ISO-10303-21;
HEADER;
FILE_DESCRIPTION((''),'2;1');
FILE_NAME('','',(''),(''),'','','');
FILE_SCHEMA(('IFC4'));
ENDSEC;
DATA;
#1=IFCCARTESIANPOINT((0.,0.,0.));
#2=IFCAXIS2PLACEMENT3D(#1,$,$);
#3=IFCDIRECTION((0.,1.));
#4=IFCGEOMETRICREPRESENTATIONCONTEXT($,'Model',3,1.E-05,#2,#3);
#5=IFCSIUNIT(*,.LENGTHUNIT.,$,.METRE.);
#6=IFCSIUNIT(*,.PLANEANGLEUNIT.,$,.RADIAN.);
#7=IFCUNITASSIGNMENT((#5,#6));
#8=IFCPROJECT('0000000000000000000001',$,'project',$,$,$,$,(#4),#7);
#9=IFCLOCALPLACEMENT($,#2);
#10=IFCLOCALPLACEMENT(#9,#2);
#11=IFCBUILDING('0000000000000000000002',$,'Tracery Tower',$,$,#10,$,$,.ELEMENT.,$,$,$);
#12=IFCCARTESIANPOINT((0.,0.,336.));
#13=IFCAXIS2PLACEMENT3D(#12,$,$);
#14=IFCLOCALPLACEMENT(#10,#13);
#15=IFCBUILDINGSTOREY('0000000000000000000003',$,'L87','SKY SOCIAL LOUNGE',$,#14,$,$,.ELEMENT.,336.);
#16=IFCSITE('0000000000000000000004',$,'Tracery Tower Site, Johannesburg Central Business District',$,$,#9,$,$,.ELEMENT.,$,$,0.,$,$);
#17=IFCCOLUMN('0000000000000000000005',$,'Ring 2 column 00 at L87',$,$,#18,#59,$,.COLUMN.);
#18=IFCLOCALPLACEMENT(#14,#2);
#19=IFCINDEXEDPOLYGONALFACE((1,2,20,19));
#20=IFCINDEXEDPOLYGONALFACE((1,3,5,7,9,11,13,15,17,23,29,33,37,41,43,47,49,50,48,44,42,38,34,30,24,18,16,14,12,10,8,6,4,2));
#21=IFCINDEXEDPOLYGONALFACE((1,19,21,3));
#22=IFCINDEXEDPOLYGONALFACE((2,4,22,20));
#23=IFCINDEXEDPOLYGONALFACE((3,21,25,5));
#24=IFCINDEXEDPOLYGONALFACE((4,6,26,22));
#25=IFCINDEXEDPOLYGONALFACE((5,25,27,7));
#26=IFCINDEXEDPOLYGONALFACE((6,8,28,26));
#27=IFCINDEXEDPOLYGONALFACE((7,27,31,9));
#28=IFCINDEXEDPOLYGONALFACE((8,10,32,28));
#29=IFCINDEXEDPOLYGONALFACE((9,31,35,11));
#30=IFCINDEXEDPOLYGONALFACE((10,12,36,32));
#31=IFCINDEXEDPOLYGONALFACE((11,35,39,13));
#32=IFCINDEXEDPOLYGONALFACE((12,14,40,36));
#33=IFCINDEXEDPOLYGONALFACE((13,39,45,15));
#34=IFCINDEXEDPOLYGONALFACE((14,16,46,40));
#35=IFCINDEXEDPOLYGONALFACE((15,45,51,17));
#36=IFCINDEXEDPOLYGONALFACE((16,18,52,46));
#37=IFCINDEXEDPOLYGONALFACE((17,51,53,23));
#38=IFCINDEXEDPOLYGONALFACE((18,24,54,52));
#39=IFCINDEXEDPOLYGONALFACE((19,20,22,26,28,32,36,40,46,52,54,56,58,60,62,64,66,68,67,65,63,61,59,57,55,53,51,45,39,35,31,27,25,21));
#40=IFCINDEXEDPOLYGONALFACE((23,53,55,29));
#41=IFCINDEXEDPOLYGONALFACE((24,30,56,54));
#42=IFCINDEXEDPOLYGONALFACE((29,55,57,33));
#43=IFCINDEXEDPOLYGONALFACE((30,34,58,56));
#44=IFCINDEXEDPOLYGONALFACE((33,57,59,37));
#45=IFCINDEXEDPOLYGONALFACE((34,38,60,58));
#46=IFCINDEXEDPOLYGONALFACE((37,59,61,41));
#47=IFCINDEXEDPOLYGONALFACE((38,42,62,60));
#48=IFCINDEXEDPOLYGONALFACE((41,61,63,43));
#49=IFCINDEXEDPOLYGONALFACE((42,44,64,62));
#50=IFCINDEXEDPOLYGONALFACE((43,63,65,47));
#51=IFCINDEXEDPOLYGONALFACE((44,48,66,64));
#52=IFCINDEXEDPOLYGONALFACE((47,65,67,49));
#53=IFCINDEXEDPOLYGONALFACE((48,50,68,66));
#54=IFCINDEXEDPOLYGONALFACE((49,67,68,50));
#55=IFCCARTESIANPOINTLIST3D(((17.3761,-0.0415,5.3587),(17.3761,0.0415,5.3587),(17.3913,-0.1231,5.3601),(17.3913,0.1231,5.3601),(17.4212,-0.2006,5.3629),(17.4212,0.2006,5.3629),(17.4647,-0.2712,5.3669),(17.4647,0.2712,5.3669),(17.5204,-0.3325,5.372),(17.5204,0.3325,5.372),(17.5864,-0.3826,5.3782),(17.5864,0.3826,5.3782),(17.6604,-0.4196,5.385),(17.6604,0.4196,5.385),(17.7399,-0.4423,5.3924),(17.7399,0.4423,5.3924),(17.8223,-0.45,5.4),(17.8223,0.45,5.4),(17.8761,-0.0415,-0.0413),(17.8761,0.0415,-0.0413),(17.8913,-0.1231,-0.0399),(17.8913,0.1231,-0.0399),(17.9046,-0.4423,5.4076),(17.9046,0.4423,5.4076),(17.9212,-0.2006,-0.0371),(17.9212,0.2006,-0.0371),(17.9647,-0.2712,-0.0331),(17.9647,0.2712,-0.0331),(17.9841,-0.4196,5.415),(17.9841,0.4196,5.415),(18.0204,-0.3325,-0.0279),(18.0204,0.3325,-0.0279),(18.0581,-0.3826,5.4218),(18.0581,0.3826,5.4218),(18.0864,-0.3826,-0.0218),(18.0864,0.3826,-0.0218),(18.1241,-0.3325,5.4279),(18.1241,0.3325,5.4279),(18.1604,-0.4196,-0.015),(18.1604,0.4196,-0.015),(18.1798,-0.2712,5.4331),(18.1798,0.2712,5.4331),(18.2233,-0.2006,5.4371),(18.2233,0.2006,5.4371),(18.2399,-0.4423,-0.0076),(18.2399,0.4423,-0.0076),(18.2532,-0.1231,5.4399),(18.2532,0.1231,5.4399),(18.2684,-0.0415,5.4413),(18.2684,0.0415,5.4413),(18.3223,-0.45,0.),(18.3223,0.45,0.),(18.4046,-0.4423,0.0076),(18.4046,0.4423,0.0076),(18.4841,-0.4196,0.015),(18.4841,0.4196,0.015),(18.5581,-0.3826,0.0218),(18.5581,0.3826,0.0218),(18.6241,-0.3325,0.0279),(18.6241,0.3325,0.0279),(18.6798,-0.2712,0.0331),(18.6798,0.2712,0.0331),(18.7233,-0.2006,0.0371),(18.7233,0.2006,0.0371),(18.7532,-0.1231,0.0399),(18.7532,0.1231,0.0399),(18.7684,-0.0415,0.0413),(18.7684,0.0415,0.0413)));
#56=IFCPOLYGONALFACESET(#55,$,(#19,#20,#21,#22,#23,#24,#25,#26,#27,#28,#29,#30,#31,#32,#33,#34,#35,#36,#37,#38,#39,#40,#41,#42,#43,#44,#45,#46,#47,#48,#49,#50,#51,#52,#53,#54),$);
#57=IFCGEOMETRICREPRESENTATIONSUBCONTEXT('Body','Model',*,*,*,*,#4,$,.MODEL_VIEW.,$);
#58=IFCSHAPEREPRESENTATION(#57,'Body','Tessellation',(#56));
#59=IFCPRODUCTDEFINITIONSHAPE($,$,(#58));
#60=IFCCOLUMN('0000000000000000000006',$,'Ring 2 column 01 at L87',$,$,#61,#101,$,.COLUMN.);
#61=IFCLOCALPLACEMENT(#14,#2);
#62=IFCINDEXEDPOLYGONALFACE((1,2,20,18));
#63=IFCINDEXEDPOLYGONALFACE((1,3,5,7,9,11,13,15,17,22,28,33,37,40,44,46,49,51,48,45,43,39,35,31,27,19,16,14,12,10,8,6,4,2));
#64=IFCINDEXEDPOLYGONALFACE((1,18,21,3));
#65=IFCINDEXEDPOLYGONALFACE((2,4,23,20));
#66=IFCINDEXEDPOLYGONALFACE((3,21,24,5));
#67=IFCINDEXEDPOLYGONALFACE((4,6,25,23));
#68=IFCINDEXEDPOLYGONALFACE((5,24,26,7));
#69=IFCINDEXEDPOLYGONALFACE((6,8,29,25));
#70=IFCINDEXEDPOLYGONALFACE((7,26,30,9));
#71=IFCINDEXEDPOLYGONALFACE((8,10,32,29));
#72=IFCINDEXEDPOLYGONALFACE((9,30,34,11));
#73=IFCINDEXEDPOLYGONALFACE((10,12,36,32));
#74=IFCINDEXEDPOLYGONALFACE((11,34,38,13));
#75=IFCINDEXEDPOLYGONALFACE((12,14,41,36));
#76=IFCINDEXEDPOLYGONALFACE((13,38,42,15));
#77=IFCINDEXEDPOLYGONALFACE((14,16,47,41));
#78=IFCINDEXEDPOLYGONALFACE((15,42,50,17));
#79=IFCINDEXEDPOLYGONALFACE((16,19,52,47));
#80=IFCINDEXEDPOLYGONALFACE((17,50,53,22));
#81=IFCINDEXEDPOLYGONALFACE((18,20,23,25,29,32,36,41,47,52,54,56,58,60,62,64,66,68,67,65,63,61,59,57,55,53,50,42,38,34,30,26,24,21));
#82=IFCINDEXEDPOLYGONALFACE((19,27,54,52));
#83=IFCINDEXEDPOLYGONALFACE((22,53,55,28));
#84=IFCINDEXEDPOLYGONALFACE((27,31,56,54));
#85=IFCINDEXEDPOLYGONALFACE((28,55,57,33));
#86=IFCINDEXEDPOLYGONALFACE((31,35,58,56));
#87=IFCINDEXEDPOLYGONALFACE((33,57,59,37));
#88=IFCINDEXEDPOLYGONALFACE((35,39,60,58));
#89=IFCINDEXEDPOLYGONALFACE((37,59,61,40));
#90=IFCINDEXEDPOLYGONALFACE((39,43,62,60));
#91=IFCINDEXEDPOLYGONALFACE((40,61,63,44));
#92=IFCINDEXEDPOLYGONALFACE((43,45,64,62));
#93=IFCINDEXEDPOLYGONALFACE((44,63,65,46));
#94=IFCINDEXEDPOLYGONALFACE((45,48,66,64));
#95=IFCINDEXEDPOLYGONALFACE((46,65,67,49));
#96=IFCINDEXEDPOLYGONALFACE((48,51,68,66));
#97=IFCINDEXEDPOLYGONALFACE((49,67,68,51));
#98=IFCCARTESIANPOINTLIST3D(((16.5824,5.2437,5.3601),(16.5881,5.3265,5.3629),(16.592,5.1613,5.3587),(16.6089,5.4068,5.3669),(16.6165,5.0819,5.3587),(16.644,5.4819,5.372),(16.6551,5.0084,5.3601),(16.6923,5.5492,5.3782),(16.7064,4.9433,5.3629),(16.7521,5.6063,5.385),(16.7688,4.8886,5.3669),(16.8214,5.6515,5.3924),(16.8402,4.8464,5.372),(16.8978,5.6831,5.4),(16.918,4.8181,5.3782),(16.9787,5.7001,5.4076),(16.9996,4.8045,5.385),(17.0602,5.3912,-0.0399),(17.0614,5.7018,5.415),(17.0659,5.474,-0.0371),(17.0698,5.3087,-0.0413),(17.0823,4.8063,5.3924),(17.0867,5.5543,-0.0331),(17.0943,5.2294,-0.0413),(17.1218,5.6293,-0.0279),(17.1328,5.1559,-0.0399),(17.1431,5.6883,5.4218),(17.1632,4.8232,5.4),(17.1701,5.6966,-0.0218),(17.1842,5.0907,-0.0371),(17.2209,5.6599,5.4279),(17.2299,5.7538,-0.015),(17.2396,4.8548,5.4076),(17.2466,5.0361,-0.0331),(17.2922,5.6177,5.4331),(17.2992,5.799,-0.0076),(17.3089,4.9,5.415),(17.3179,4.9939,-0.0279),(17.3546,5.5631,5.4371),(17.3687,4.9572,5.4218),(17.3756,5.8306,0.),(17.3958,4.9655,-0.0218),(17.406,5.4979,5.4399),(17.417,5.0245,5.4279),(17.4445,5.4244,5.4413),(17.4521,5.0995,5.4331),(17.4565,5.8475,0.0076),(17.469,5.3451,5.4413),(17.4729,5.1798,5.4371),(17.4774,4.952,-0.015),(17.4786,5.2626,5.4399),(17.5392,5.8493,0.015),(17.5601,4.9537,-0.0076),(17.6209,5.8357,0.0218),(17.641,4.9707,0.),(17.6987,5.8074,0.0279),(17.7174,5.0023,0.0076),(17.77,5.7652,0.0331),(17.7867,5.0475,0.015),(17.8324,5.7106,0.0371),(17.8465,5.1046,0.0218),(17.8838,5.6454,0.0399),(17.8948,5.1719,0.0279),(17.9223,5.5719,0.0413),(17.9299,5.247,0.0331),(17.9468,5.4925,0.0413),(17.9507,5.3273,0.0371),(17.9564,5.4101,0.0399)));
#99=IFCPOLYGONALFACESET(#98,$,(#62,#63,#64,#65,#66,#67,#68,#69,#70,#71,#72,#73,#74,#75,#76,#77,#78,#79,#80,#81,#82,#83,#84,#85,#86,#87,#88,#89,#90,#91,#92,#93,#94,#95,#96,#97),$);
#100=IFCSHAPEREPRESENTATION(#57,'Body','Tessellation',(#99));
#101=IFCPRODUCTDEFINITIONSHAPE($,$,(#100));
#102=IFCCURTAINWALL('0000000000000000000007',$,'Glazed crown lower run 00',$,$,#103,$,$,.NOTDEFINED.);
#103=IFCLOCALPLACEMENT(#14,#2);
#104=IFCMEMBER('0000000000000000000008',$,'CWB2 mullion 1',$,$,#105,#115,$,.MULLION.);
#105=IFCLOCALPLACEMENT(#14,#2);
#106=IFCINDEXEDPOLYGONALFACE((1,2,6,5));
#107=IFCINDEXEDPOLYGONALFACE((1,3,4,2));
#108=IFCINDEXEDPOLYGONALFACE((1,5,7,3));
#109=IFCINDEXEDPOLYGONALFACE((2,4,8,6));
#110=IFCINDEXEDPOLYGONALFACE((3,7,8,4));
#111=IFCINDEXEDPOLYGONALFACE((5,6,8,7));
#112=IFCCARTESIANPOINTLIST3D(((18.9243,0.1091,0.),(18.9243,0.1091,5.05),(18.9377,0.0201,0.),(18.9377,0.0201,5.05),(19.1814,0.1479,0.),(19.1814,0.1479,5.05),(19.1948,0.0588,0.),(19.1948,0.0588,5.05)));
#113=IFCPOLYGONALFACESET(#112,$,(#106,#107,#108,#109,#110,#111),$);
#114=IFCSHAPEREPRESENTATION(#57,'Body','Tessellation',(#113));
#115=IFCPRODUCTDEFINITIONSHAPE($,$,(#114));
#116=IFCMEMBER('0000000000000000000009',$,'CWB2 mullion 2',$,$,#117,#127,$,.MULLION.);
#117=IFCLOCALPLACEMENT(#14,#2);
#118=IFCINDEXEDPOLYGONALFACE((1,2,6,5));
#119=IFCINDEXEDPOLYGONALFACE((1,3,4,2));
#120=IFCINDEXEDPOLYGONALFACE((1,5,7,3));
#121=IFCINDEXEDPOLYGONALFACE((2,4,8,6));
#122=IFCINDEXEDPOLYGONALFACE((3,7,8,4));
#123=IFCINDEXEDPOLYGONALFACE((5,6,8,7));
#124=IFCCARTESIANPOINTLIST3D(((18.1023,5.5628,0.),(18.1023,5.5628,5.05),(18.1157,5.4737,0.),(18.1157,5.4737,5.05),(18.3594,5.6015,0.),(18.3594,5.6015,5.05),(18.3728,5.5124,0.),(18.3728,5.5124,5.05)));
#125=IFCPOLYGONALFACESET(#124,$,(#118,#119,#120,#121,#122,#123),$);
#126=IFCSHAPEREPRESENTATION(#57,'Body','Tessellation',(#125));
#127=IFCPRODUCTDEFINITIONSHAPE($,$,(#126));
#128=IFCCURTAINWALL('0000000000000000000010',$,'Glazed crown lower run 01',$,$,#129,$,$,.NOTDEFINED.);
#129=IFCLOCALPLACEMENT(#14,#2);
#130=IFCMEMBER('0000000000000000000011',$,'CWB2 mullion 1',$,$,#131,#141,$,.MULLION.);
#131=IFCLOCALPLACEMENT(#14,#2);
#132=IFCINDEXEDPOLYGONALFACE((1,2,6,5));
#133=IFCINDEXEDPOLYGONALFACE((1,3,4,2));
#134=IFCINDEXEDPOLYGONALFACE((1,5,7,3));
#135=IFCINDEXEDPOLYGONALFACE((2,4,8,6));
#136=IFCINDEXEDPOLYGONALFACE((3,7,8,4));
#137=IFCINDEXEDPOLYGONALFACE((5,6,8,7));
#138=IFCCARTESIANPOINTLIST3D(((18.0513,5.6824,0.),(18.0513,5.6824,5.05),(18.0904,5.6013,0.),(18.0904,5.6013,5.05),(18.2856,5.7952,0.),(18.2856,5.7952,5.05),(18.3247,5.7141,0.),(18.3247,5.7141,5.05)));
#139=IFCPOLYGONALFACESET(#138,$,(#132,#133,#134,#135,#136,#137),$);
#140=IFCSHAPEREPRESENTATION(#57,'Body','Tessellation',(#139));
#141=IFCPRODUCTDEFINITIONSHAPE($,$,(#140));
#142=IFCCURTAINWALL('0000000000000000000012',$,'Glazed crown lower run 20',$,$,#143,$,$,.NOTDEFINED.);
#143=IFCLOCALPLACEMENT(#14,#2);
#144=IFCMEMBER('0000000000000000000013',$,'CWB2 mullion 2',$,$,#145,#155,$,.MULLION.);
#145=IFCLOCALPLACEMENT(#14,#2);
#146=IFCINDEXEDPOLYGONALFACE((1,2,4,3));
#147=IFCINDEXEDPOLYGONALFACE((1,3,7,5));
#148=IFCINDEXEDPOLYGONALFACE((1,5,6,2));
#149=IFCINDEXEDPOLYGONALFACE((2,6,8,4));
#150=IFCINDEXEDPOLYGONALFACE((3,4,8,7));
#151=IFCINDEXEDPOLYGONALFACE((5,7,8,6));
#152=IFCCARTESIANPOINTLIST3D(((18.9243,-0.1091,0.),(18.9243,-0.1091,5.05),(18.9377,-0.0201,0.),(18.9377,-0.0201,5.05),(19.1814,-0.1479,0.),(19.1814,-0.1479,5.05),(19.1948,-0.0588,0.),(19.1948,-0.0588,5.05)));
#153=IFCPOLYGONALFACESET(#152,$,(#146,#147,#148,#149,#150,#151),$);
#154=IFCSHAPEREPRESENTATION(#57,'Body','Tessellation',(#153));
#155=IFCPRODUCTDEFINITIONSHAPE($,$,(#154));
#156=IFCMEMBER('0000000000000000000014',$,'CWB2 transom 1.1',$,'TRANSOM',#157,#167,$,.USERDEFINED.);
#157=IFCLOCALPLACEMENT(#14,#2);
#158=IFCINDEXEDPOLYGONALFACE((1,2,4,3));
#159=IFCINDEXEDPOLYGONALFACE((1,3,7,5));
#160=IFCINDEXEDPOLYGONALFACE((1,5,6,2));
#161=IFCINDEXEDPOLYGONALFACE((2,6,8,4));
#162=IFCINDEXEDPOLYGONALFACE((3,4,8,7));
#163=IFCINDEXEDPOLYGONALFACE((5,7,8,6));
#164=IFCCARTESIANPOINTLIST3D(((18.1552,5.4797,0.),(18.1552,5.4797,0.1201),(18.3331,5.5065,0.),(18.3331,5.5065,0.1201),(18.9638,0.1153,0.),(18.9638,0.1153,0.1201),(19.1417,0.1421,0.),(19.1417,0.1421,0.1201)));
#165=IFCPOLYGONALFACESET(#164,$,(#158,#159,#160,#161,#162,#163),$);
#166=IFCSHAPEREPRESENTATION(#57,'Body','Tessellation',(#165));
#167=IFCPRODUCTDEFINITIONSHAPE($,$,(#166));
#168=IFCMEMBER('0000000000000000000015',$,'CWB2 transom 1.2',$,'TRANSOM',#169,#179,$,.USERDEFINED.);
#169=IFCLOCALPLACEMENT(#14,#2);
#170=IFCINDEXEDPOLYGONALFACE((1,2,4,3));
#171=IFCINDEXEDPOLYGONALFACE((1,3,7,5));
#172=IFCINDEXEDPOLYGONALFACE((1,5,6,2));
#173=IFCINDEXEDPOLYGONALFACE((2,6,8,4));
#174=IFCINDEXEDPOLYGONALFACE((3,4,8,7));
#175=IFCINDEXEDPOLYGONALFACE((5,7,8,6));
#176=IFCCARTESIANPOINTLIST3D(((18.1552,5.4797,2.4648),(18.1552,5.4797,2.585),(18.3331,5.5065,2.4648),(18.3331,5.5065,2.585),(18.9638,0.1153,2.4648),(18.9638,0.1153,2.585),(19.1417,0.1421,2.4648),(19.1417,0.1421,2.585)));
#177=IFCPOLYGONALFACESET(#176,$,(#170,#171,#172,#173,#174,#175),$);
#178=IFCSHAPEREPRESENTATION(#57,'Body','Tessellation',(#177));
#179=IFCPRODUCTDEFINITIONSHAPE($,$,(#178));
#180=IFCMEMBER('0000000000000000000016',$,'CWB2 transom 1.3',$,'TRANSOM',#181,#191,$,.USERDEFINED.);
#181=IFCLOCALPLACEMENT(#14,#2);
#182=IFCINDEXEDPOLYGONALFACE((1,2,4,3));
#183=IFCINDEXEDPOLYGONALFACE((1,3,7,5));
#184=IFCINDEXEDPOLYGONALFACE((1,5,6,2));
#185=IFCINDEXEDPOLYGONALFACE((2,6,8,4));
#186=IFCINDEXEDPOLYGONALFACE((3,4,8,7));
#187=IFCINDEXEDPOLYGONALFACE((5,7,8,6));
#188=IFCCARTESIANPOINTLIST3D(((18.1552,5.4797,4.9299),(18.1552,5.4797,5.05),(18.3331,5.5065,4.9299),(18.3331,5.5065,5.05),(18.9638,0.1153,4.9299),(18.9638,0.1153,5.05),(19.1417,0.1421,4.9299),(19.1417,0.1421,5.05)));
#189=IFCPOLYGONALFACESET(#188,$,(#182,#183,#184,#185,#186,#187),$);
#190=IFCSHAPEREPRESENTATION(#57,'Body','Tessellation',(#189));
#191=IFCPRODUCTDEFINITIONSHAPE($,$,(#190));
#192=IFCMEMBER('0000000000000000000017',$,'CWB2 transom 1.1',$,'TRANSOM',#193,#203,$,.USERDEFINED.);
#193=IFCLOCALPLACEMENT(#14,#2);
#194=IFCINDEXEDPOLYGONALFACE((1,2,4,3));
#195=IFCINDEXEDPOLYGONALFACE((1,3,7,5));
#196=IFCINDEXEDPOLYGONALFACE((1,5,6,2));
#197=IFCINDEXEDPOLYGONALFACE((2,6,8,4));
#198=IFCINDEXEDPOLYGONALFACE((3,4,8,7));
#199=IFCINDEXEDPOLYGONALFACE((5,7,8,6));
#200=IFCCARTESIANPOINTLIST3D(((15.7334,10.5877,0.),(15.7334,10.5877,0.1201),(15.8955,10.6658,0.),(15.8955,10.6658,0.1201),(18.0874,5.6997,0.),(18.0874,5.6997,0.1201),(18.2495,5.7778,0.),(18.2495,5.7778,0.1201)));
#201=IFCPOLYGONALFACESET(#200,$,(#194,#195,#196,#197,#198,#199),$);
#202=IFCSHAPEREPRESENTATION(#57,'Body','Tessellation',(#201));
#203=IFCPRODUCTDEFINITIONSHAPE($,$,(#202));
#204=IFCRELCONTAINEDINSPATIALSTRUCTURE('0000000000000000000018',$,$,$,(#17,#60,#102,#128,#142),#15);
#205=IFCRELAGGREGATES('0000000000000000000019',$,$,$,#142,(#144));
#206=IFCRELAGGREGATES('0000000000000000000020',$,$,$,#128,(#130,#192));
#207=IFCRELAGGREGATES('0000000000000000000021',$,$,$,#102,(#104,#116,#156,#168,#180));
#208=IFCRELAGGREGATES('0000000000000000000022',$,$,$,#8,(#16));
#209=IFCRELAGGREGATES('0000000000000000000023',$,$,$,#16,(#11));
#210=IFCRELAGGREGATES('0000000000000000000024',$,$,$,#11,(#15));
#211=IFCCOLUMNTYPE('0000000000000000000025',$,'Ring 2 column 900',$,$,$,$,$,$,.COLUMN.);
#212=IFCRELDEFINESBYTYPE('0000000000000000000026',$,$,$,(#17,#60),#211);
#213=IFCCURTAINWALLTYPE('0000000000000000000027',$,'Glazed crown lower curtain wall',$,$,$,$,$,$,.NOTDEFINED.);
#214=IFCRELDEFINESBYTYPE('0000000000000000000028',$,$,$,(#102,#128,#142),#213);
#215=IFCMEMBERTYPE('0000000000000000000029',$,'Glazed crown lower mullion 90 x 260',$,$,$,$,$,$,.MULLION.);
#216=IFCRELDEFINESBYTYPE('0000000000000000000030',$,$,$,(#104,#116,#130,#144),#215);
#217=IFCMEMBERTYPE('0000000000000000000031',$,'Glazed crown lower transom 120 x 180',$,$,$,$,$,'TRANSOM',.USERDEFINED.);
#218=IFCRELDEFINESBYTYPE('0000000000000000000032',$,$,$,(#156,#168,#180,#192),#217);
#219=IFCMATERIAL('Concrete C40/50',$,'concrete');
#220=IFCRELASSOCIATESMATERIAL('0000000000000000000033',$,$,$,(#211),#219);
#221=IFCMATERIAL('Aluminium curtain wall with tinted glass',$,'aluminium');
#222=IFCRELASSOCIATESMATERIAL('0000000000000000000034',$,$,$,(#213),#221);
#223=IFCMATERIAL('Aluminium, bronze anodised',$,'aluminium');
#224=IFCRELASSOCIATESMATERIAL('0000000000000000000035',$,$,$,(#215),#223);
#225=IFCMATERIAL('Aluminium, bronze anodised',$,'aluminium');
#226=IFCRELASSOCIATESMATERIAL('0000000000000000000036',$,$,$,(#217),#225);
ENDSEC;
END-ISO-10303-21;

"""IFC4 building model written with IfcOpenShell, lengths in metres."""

from ifc_helpers import new_model, si_unit, direction, frame, origin, origin_2d, place, context, subcontext, project, spatial, rectangle, circle, extrude, material, material_profile, profile_set, type_object, element, aggregate, save


model = new_model("IFC4")

# Units and contexts
model_context = context("Model", 3, precision=1e-05, world=origin(), true_north=direction((0.0, 1.0)))
body_context = subcontext(model_context, "Body", "Model", "MODEL_VIEW")
ifc_project = project(units=[si_unit("LENGTHUNIT", "METRE"), si_unit("PLANEANGLEUNIT", "RADIAN")], contexts=[model_context])

# Site, building, storey
site_placement = place(None, origin())
site = spatial("IfcSite", under=ifc_project, at=site_placement, Name="Tracery Tower Site, Johannesburg Central Business District", CompositionType="ELEMENT", RefElevation=0.0)
building_placement = place(site_placement, origin())
building = spatial("IfcBuilding", under=site, at=building_placement, Name="Tracery Tower", CompositionType="ELEMENT")
storey_placement = place(building_placement, frame((0.0, 0.0, 336.0)))
storey = spatial("IfcBuildingStorey", under=building, at=storey_placement, Name="L87", Description="SKY SOCIAL LOUNGE", CompositionType="ELEMENT", Elevation=336.0)

# Columns
ifc_material_1 = material(Name="Concrete C40/50", Category="concrete")
ifc_material_profile_1 = material_profile(ifc_material_1, circle(Radius=0.45, at=origin_2d()), Name="RC D900")
ifc_profile_set_1 = profile_set([ifc_material_profile_1], Name="Concrete C40/50")
column_type = type_object("IfcColumnType", Name="Ring 2 column 900", PredefinedType="COLUMN", material=ifc_profile_set_1)
for number, where, z_axis, x_axis, name in (
    (1, (18.3223, 0.0, 0.0), (-0.0922, 0.0, 0.995741), (0.0, -1.0, 0.0), "Ring 2 column 00 at L87"),
    (2, (17.5083, 5.4006, 0.0), (-0.088103, -0.027192, 0.99574), (0.294909, -0.955525, 0.0), "Ring 2 column 01 at L87"),
):
    element("IfcColumn", number, at=place(storey_placement, frame(where, z_axis=z_axis, x_axis=x_axis)), inside=storey, type_object=column_type, Name=name, PredefinedType="COLUMN", context=body_context, shape_type="SweptSolid", body=[
        extrude(circle(Radius=0.45, at=origin_2d()), origin(), (0.0, 0.0, 1.0), 5.4231),
    ])

# Curtain wall, members
ifc_material_2 = material(Name="Aluminium curtain wall with tinted glass", Category="aluminium")
curtain_wall_type = type_object("IfcCurtainWallType", Name="Glazed crown lower curtain wall", PredefinedType="NOTDEFINED", material=ifc_material_2)
curtain_wall_1_placement = place(storey_placement, origin())
curtain_wall_1 = element("IfcCurtainWall", 3, at=curtain_wall_1_placement, inside=storey, type_object=curtain_wall_type, Name="Glazed crown lower run 00", PredefinedType="NOTDEFINED")
ifc_material_3 = material(Name="Aluminium, bronze anodised", Category="aluminium")
ifc_material_profile_2 = material_profile(ifc_material_3, rectangle(XDim=0.26, YDim=0.0901, at=origin_2d()), Name="Glazed crown lower mullion 90 x 260")
ifc_profile_set_2 = profile_set([ifc_material_profile_2], Name="Aluminium, bronze anodised")
member_type_1 = type_object("IfcMemberType", Name="Glazed crown lower mullion 90 x 260", PredefinedType="MULLION", material=ifc_profile_set_2)
member_1_placement = place(storey_placement, frame((19.0596, 0.084, 0.0), z_axis=(0.0, 0.0, 1.0), x_axis=(-0.988831, -0.149043, 0.0)))
member_1 = element("IfcMember", 4, at=member_1_placement, type_object=member_type_1, Name="CWB2 mullion 1", PredefinedType="MULLION", context=body_context, shape_type="SweptSolid", body=[
    extrude(rectangle(XDim=0.26, YDim=0.0901, at=origin_2d()), origin(), (0.0, 0.0, 1.0), 5.05),
])
member_2_placement = place(storey_placement, frame((18.2375, 5.5376, 0.0), z_axis=(0.0, 0.0, 1.0), x_axis=(-0.988831, -0.149043, 0.0)))
member_2 = element("IfcMember", 5, at=member_2_placement, type_object=member_type_1, Name="CWB2 mullion 2", PredefinedType="MULLION", context=body_context, shape_type="SweptSolid", body=[
    extrude(rectangle(XDim=0.26, YDim=0.0901, at=origin_2d()), origin(), (0.0, 0.0, 1.0), 5.05),
])

# Curtain walls, members
curtain_wall_2_placement = place(storey_placement, origin())
curtain_wall_2 = element("IfcCurtainWall", 6, at=curtain_wall_2_placement, inside=storey, type_object=curtain_wall_type, Name="Glazed crown lower run 01", PredefinedType="NOTDEFINED")
member_3_placement = place(storey_placement, frame((18.188, 5.6982, 0.0), z_axis=(0.0, 0.0, 1.0), x_axis=(-0.900966, -0.433891, 0.0)))
member_3 = element("IfcMember", 7, at=member_3_placement, type_object=member_type_1, Name="CWB2 mullion 1", PredefinedType="MULLION", context=body_context, shape_type="SweptSolid", body=[
    extrude(rectangle(XDim=0.26, YDim=0.0901, at=origin_2d()), origin(), (0.0, 0.0, 1.0), 5.05),
])
curtain_wall_3_placement = place(storey_placement, origin())
curtain_wall_3 = element("IfcCurtainWall", 8, at=curtain_wall_3_placement, inside=storey, type_object=curtain_wall_type, Name="Glazed crown lower run 20", PredefinedType="NOTDEFINED")
member_4_placement = place(storey_placement, frame((19.0596, -0.084, 0.0), z_axis=(0.0, 0.0, 1.0), x_axis=(-0.988831, 0.149043, 0.0)))
member_4 = element("IfcMember", 9, at=member_4_placement, type_object=member_type_1, Name="CWB2 mullion 2", PredefinedType="MULLION", context=body_context, shape_type="SweptSolid", body=[
    extrude(rectangle(XDim=0.26, YDim=0.0901, at=origin_2d()), origin(), (0.0, 0.0, 1.0), 5.05),
])
aggregate(curtain_wall_3, [member_4])

# Members
ifc_material_4 = material(Name="Aluminium, bronze anodised", Category="aluminium")
ifc_material_profile_3 = material_profile(ifc_material_4, rectangle(XDim=0.1799, YDim=0.1201, at=origin_2d()), Name="Glazed crown lower transom 120 x 180")
ifc_profile_set_3 = profile_set([ifc_material_profile_3], Name="Aluminium, bronze anodised")
member_type_2 = type_object("IfcMemberType", Name="Glazed crown lower transom 120 x 180", ElementType="TRANSOM", PredefinedType="USERDEFINED", material=ifc_profile_set_3)
member_5_placement = place(storey_placement, frame((19.0527, 0.1287, 0.0601), z_axis=(-0.149047, 0.98883, 0.0), x_axis=(-0.98883, -0.149047, 0.0)))
member_5 = element("IfcMember", 10, at=member_5_placement, type_object=member_type_2, Name="CWB2 transom 1.1", ObjectType="TRANSOM", PredefinedType="USERDEFINED", context=body_context, shape_type="SweptSolid", body=[
    extrude(rectangle(XDim=0.1799, YDim=0.1201, at=origin_2d()), origin(), (0.0, 0.0, 1.0), 5.425),
])
member_6_placement = place(storey_placement, frame((19.0527, 0.1287, 2.5249), z_axis=(-0.149047, 0.98883, 0.0), x_axis=(-0.98883, -0.149047, 0.0)))
member_6 = element("IfcMember", 11, at=member_6_placement, type_object=member_type_2, Name="CWB2 transom 1.2", ObjectType="TRANSOM", PredefinedType="USERDEFINED", context=body_context, shape_type="SweptSolid", body=[
    extrude(rectangle(XDim=0.1799, YDim=0.1201, at=origin_2d()), origin(), (0.0, 0.0, 1.0), 5.425),
])
member_7_placement = place(storey_placement, frame((19.0527, 0.1287, 4.99), z_axis=(-0.149047, 0.98883, 0.0), x_axis=(-0.98883, -0.149047, 0.0)))
member_7 = element("IfcMember", 12, at=member_7_placement, type_object=member_type_2, Name="CWB2 transom 1.3", ObjectType="TRANSOM", PredefinedType="USERDEFINED", context=body_context, shape_type="SweptSolid", body=[
    extrude(rectangle(XDim=0.1799, YDim=0.1201, at=origin_2d()), origin(), (0.0, 0.0, 1.0), 5.425),
])
member_8_placement = place(storey_placement, frame((18.1685, 5.7388, 0.0601), z_axis=(-0.433898, 0.900962, 0.0), x_axis=(-0.900962, -0.433898, 0.0)))
member_8 = element("IfcMember", 13, at=member_8_placement, type_object=member_type_2, Name="CWB2 transom 1.1", ObjectType="TRANSOM", PredefinedType="USERDEFINED", context=body_context, shape_type="SweptSolid", body=[
    extrude(rectangle(XDim=0.1799, YDim=0.1201, at=origin_2d()), origin(), (0.0, 0.0, 1.0), 5.4253),
])
aggregate(curtain_wall_2, [member_3, member_8])

aggregate(curtain_wall_1, [member_1, member_2, member_5, member_6, member_7])

save(model, "model.ifc")
